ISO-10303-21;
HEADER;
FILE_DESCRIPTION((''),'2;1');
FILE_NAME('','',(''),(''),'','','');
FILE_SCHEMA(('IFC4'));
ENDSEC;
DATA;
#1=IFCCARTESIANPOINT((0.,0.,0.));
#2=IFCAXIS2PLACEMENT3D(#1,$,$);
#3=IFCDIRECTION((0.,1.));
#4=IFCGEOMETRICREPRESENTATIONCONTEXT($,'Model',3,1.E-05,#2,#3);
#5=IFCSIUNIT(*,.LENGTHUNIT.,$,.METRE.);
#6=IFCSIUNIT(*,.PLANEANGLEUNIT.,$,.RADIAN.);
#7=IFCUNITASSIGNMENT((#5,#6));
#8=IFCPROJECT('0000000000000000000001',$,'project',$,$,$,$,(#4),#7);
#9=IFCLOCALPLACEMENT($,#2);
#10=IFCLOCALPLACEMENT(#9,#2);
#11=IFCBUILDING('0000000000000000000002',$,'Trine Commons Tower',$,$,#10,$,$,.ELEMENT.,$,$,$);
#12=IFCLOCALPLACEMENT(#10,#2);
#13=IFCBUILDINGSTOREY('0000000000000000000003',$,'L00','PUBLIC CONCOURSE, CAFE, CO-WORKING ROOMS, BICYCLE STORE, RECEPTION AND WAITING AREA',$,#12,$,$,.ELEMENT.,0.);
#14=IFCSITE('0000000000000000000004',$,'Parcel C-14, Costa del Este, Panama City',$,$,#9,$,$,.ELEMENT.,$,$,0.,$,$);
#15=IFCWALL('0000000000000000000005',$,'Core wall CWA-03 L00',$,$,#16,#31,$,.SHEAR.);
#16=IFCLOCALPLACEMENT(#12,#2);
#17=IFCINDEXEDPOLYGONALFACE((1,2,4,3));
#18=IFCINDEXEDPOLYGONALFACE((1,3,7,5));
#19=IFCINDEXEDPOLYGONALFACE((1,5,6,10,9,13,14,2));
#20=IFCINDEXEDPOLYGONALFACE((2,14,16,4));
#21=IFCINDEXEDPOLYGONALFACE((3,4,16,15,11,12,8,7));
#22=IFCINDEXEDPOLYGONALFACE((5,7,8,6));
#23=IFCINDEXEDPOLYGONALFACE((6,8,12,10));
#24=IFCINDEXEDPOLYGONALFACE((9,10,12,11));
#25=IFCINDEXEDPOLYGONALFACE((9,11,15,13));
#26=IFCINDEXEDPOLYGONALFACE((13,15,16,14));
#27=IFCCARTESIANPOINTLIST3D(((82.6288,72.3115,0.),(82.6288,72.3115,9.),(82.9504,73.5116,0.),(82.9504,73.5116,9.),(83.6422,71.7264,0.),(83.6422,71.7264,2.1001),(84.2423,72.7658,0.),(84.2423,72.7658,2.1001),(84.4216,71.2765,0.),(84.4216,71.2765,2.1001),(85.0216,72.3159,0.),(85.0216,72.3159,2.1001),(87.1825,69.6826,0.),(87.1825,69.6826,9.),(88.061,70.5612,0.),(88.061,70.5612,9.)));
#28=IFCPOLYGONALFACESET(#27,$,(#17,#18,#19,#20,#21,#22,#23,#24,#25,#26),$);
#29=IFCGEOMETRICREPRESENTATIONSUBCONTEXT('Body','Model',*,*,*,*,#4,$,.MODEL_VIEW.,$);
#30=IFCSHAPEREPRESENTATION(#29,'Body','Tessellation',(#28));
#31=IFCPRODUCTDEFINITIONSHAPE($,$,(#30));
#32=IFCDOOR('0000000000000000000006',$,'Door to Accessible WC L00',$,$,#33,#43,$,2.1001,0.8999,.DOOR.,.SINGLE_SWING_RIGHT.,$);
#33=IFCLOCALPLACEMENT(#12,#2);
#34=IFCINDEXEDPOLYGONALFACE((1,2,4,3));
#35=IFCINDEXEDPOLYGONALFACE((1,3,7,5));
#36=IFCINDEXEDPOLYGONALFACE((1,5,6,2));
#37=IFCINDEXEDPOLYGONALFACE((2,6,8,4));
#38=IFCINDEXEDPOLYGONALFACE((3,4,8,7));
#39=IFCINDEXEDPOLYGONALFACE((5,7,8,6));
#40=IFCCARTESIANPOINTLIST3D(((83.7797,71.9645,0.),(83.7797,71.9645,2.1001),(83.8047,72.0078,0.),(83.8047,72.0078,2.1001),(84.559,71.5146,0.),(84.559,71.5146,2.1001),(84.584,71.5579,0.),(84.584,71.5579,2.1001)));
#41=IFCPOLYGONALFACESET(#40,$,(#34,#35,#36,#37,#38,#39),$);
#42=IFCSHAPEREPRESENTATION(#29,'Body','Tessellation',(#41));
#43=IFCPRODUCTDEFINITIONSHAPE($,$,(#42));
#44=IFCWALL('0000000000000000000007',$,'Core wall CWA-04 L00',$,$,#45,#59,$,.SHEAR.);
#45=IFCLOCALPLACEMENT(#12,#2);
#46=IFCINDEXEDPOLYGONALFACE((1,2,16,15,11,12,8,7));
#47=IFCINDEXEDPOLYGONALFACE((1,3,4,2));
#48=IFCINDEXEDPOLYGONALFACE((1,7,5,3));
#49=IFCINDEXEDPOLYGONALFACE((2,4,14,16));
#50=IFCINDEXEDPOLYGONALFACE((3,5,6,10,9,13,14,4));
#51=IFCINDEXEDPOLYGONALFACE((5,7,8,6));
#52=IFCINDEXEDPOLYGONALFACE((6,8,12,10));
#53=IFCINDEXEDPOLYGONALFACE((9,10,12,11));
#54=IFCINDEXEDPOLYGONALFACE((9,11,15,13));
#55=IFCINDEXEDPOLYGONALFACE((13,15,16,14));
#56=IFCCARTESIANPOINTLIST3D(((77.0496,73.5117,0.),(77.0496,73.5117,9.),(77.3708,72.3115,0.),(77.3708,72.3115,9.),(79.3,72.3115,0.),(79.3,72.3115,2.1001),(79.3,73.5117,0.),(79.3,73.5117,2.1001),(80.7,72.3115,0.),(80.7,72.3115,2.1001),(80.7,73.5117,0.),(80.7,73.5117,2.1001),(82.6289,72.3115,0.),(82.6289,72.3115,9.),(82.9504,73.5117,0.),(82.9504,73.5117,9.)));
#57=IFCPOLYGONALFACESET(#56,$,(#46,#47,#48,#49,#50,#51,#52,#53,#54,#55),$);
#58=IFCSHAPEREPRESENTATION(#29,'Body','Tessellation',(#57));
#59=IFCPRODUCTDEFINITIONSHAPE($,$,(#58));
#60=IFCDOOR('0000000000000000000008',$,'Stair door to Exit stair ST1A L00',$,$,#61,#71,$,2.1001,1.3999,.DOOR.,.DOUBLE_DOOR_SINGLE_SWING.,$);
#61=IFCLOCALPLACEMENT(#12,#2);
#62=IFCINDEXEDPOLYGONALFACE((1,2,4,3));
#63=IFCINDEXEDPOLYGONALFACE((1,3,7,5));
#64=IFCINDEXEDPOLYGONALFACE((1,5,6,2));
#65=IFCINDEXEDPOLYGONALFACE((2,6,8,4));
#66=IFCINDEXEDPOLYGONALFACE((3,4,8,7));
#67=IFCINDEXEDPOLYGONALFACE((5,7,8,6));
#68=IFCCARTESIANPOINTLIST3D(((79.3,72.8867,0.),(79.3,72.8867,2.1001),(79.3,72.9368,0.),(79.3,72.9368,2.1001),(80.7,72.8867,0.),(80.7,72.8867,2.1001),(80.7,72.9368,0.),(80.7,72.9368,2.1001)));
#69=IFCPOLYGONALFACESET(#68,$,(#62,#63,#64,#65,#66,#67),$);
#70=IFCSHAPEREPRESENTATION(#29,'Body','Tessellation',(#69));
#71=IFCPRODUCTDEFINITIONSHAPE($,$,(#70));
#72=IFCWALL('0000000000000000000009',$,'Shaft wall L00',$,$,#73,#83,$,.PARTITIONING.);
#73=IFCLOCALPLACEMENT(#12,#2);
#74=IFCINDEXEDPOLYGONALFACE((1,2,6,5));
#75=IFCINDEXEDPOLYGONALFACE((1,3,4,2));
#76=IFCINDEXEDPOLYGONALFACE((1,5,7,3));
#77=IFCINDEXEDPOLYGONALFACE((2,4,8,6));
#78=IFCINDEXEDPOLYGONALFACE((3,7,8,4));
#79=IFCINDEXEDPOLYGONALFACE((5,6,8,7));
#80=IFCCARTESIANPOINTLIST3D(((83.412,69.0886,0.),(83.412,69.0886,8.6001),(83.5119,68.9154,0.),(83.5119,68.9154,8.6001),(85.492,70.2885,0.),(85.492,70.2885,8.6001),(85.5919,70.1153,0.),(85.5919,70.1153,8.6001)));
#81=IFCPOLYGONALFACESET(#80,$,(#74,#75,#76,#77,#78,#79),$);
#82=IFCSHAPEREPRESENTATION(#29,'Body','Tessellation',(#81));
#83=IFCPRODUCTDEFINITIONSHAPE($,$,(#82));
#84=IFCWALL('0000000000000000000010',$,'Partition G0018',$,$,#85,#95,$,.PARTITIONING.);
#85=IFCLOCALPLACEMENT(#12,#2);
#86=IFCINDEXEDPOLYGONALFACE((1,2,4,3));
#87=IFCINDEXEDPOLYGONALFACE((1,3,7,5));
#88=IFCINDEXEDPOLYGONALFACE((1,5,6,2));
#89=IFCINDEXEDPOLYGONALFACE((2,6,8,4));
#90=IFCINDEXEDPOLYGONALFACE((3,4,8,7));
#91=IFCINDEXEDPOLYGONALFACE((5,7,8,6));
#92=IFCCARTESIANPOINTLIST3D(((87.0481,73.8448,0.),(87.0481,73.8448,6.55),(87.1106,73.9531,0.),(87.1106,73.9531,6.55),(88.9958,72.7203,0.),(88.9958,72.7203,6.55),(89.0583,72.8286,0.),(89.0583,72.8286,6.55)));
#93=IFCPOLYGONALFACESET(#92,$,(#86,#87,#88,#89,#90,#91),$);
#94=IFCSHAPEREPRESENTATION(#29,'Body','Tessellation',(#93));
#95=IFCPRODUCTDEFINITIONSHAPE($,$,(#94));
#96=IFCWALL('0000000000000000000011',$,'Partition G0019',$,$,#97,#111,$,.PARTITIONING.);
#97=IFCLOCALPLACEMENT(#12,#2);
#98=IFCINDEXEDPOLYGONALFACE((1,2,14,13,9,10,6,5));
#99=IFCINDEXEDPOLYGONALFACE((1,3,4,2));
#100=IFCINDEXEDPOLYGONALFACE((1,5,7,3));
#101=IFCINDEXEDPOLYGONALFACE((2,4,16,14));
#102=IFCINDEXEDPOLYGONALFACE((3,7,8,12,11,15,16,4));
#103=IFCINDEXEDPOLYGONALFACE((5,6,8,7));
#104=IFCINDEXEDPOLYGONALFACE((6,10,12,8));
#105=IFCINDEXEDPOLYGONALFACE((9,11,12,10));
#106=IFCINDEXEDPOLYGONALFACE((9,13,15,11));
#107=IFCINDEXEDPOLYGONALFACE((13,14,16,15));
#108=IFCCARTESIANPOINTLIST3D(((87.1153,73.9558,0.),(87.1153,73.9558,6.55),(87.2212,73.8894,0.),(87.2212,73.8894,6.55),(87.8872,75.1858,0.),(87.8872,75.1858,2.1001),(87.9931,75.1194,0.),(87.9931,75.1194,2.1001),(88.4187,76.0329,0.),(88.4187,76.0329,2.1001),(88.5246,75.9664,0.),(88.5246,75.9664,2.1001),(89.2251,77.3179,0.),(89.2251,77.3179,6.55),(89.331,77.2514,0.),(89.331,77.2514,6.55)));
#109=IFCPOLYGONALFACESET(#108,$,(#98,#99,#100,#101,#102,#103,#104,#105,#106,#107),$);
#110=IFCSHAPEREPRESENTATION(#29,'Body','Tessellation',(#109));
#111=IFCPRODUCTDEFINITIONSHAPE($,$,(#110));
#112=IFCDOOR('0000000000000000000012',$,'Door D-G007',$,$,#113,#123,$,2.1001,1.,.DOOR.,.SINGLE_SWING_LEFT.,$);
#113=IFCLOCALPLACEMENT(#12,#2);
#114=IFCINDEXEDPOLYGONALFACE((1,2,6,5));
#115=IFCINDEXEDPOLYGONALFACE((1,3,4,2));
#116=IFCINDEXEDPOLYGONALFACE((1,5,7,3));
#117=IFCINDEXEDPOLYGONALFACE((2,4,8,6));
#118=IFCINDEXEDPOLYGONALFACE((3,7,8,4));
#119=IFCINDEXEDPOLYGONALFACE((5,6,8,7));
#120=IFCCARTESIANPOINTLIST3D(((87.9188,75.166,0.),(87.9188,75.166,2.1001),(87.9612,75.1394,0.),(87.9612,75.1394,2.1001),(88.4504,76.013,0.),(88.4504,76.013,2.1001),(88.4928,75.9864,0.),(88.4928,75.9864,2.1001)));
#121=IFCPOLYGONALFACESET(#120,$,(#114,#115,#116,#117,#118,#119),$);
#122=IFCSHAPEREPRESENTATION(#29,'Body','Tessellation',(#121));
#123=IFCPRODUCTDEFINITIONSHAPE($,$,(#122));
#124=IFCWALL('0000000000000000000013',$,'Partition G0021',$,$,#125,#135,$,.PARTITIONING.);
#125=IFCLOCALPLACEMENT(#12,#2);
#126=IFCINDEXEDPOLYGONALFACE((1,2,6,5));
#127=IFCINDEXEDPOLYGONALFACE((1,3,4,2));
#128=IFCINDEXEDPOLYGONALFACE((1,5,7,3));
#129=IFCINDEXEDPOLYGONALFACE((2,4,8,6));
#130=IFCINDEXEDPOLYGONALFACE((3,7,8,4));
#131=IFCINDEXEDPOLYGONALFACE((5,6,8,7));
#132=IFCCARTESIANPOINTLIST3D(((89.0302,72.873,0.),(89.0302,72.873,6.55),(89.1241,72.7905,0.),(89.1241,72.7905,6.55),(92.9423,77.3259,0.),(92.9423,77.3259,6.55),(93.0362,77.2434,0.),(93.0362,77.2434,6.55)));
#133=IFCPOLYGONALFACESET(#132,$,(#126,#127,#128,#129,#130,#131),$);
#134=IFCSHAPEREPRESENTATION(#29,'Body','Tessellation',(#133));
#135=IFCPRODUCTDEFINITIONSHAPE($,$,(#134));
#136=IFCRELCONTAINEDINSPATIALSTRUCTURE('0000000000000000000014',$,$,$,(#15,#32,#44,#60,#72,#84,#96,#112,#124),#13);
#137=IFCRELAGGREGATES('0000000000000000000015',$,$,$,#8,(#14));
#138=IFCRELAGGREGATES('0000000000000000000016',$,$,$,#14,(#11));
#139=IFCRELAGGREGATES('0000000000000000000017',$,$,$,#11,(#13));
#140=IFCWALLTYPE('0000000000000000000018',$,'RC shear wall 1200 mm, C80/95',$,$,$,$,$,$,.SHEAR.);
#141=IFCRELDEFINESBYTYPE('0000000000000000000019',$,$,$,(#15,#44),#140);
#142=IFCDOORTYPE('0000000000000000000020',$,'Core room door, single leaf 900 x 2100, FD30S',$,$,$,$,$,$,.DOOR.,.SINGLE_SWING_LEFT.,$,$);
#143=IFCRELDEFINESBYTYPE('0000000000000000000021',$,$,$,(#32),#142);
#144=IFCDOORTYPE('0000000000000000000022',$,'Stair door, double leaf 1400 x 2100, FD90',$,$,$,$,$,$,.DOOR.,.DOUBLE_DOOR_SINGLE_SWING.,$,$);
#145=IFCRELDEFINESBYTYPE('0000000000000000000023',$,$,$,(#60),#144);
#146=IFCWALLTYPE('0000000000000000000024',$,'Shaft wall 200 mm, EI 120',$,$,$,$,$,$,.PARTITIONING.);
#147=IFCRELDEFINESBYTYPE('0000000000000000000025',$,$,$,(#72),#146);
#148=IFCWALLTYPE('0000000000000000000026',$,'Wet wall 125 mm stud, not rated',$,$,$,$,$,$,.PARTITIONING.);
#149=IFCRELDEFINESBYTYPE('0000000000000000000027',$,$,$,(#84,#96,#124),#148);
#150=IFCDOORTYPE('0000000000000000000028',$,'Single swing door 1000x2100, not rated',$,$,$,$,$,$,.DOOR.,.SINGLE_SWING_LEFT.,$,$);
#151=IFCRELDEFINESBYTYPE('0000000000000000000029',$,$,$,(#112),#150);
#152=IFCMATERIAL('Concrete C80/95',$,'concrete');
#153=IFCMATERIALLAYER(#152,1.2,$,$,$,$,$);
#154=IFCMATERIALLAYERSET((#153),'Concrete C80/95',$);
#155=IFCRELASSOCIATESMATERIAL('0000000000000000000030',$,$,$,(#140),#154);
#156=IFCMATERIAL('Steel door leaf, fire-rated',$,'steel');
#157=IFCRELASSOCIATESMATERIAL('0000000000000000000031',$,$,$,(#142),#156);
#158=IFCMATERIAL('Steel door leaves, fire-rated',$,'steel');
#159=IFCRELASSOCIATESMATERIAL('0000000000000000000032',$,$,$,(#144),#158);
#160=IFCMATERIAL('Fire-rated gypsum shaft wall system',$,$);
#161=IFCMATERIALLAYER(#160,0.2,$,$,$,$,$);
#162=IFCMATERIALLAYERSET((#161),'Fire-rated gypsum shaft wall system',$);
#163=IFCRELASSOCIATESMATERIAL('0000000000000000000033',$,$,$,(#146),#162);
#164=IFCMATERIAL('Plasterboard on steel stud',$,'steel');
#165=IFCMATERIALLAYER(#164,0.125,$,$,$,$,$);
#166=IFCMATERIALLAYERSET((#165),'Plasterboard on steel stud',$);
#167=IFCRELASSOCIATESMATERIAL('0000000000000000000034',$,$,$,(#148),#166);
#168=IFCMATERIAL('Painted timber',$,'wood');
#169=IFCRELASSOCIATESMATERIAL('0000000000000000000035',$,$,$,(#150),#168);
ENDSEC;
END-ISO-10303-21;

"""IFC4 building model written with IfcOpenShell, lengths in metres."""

from ifc_helpers import new_model, si_unit, direction, frame, frame_2d, origin, place, context, subcontext, project, spatial, polyline, rectangle, outline, extrude, material, layer, layer_set, type_object, element, fill, save


model = new_model("IFC4")

# Units and contexts
model_context = context("Model", 3, precision=1e-05, world=origin(), true_north=direction((0.0, 1.0)))
body_context = subcontext(model_context, "Body", "Model", "MODEL_VIEW")
ifc_project = project(units=[si_unit("LENGTHUNIT", "METRE"), si_unit("PLANEANGLEUNIT", "RADIAN")], contexts=[model_context])

# Site, building, storey
site_placement = place(None, origin())
site = spatial("IfcSite", under=ifc_project, at=site_placement, Name="Parcel C-14, Costa del Este, Panama City", CompositionType="ELEMENT", RefElevation=0.0)
building_placement = place(site_placement, origin())
building = spatial("IfcBuilding", under=site, at=building_placement, Name="Trine Commons Tower", CompositionType="ELEMENT")
storey_placement = place(building_placement, origin())
storey = spatial("IfcBuildingStorey", under=building, at=storey_placement, Name="L00", Description="PUBLIC CONCOURSE, CAFE, CO-WORKING ROOMS, BICYCLE STORE, RECEPTION AND WAITING AREA", CompositionType="ELEMENT", Elevation=0.0)

# Shared definitions
ifc_material_1 = material(Name="Concrete C80/95", Category="concrete")

# Shared definitions
ifc_material_2 = material(Name="Painted timber", Category="wood")

# Shared definitions
ifc_material_3 = material(Name="Plasterboard on steel stud", Category="steel")

# Walls, openings, doors
ifc_layer_1 = layer(ifc_material_1, 1.2)
ifc_layer_set_1 = layer_set([ifc_layer_1], Name="Concrete C80/95")
wall_type_1 = type_object("IfcWallType", Name="RC shear wall 1200 mm, C80/95", PredefinedType="SHEAR", material=ifc_layer_set_1)
wall_1_placement = place(storey_placement, frame((87.761, 70.0415, 0.0), z_axis=(0.0, 0.0, 1.0), x_axis=(-0.866037, 0.499979, 0.0)))
wall_1 = element("IfcWall", 1, at=wall_1_placement, inside=storey, type_object=wall_type_1, Name="Core wall CWA-03 L00", PredefinedType="SHEAR", context=body_context, shape_type="SweptSolid", body=[
    extrude(outline(polyline([(0.0, -0.6001), (5.9011, -0.6001), (5.5796, 0.6001), (0.3215, 0.6001), (0.0, -0.6001)])), origin(), (0.0, 0.0, 1.0), 9.0),
])
opening_1_placement = place(wall_1_placement, frame((3.5095, 0.0, 0.0)))
opening_1 = element("IfcOpeningElement", 2, at=opening_1_placement, cuts=wall_1, PredefinedType="OPENING", context=body_context, shape_type="SweptSolid", body=[
    extrude(rectangle(XDim=0.8999, YDim=2.1001, at=frame_2d((0.45, 1.05))), frame((0.0, 0.6099, 0.0), z_axis=(0.0, -1.0, 0.0), x_axis=(1.0, 0.0, 0.0)), (0.0, 0.0, 1.0), 1.22),
])
ifc_material_4 = material(Name="Steel door leaf, fire-rated", Category="steel")
door_type_1 = type_object("IfcDoorType", Name="Core room door, single leaf 900 x 2100, FD30S", OperationType="SINGLE_SWING_LEFT", PredefinedType="DOOR", material=ifc_material_4)
door_1_placement = place(opening_1_placement, origin())
door_1 = element("IfcDoor", 3, at=door_1_placement, inside=storey, type_object=door_type_1, Name="Door to Accessible WC L00", OperationType="SINGLE_SWING_RIGHT", OverallHeight=2.1001, OverallWidth=0.8999, PredefinedType="DOOR", context=body_context, shape_type="SweptSolid", body=[
    extrude(rectangle(XDim=0.8999, YDim=2.1001, at=frame_2d((0.45, 1.05))), frame((0.0, 0.3252, 0.0), z_axis=(0.0, -1.0, 0.0), x_axis=(1.0, 0.0, 0.0)), (0.0, 0.0, 1.0), 0.05),
])
fill(opening_1, door_1)
wall_2_placement = place(storey_placement, frame((82.9504, 72.9116, 0.0), z_axis=(0.0, 0.0, 1.0), x_axis=(-1.0, 0.0, 0.0)))
wall_2 = element("IfcWall", 4, at=wall_2_placement, inside=storey, type_object=wall_type_1, Name="Core wall CWA-04 L00", PredefinedType="SHEAR", context=body_context, shape_type="SweptSolid", body=[
    extrude(outline(polyline([(0.0, -0.6001), (5.9009, -0.6001), (5.5796, 0.6001), (0.3215, 0.6001), (0.0, -0.6001)])), origin(), (0.0, 0.0, 1.0), 9.0),
])
opening_2_placement = place(wall_2_placement, frame((2.2505, 0.0, 0.0)))
opening_2 = element("IfcOpeningElement", 5, at=opening_2_placement, cuts=wall_2, PredefinedType="OPENING", context=body_context, shape_type="SweptSolid", body=[
    extrude(rectangle(XDim=1.3999, YDim=2.1001, at=frame_2d((0.7, 1.05))), frame((0.0, 0.6099, 0.0), z_axis=(0.0, -1.0, 0.0), x_axis=(1.0, 0.0, 0.0)), (0.0, 0.0, 1.0), 1.22),
])
ifc_material_5 = material(Name="Steel door leaves, fire-rated", Category="steel")
door_type_2 = type_object("IfcDoorType", Name="Stair door, double leaf 1400 x 2100, FD90", OperationType="DOUBLE_DOOR_SINGLE_SWING", PredefinedType="DOOR", material=ifc_material_5)
door_2_placement = place(opening_2_placement, origin())
door_2 = element("IfcDoor", 6, at=door_2_placement, inside=storey, type_object=door_type_2, Name="Stair door to Exit stair ST1A L00", OperationType="DOUBLE_DOOR_SINGLE_SWING", OverallHeight=2.1001, OverallWidth=1.3999, PredefinedType="DOOR", context=body_context, shape_type="SweptSolid", body=[
    extrude(rectangle(XDim=1.3999, YDim=2.1001, at=frame_2d((0.7, 1.05))), frame((0.0, 0.0249, 0.0), z_axis=(0.0, -1.0, 0.0), x_axis=(1.0, 0.0, 0.0)), (0.0, 0.0, 1.0), 0.05),
])
fill(opening_2, door_2)

# Walls
ifc_material_6 = material(Name="Fire-rated gypsum shaft wall system")
ifc_layer_2 = layer(ifc_material_6, 0.2)
ifc_layer_set_2 = layer_set([ifc_layer_2], Name="Fire-rated gypsum shaft wall system")
wall_type_2 = type_object("IfcWallType", Name="Shaft wall 200 mm, EI 120", PredefinedType="PARTITIONING", material=ifc_layer_set_2)
wall_3_placement = place(storey_placement, frame((83.4619, 69.002, 0.0), z_axis=(0.0, 0.0, 1.0), x_axis=(0.866203, 0.499693, 0.0)))
element("IfcWall", 7, at=wall_3_placement, inside=storey, type_object=wall_type_2, Name="Shaft wall L00", PredefinedType="PARTITIONING", context=body_context, shape_type="SweptSolid", body=[
    extrude(rectangle(XDim=2.4014, YDim=0.2, at=frame_2d((1.2007, 0.0))), origin(), (0.0, 0.0, 1.0), 8.6001),
])
ifc_layer_3 = layer(ifc_material_3, 0.125)
ifc_layer_set_3 = layer_set([ifc_layer_3], Name="Plasterboard on steel stud")
wall_type_3 = type_object("IfcWallType", Name="Wet wall 125 mm stud, not rated", PredefinedType="PARTITIONING", material=ifc_layer_set_3)
wall_4_placement = place(storey_placement, frame((87.0793, 73.8989, 0.0), z_axis=(0.0, 0.0, 1.0), x_axis=(0.86603, -0.499992, 0.0)))
element("IfcWall", 8, at=wall_4_placement, inside=storey, type_object=wall_type_3, Name="Partition G0018", PredefinedType="PARTITIONING", context=body_context, shape_type="SweptSolid", body=[
    extrude(rectangle(XDim=2.249, YDim=0.125, at=frame_2d((1.1245, 0.0))), origin(), (0.0, 0.0, 1.0), 6.55),
])

# Wall, opening, door
wall_5_placement = place(storey_placement, frame((89.2781, 77.2847, 0.0), z_axis=(0.0, 0.0, 1.0), x_axis=(-0.531552, -0.847026, 0.0)))
wall_5 = element("IfcWall", 9, at=wall_5_placement, inside=storey, type_object=wall_type_3, Name="Partition G0019", PredefinedType="PARTITIONING", context=body_context, shape_type="SweptSolid", body=[
    extrude(rectangle(XDim=3.9692, YDim=0.125, at=frame_2d((1.9846, 0.0))), origin(), (0.0, 0.0, 1.0), 6.55),
])
opening_3_placement = place(wall_5_placement, frame((1.5171, 0.0, 0.0)))
opening_3 = element("IfcOpeningElement", 10, at=opening_3_placement, cuts=wall_5, PredefinedType="OPENING", context=body_context, shape_type="SweptSolid", body=[
    extrude(rectangle(XDim=1.0, YDim=2.1001, at=frame_2d((0.5, 1.05))), frame((0.0, 0.0725, 0.0), z_axis=(0.0, -1.0, 0.0), x_axis=(1.0, 0.0, 0.0)), (0.0, 0.0, 1.0), 0.145),
])
door_type_3 = type_object("IfcDoorType", Name="Single swing door 1000x2100, not rated", OperationType="SINGLE_SWING_LEFT", PredefinedType="DOOR", material=ifc_material_2)
door_3_placement = place(opening_3_placement, origin())
door_3 = element("IfcDoor", 11, at=door_3_placement, inside=storey, type_object=door_type_3, Name="Door D-G007", OperationType="SINGLE_SWING_LEFT", OverallHeight=2.1001, OverallWidth=1.0, PredefinedType="DOOR", context=body_context, shape_type="SweptSolid", body=[
    extrude(rectangle(XDim=1.0, YDim=2.1001, at=frame_2d((0.5, 1.05))), frame((0.0, 0.0249, 0.0), z_axis=(0.0, -1.0, 0.0), x_axis=(1.0, 0.0, 0.0)), (0.0, 0.0, 1.0), 0.05),
])
fill(opening_3, door_3)

# Wall
wall_6_placement = place(storey_placement, frame((89.0771, 72.8318, 0.0), z_axis=(0.0, 0.0, 1.0), x_axis=(0.660017, 0.751251, 0.0)))
element("IfcWall", 12, at=wall_6_placement, inside=storey, type_object=wall_type_3, Name="Partition G0021", PredefinedType="PARTITIONING", context=body_context, shape_type="SweptSolid", body=[
    extrude(rectangle(XDim=5.9272, YDim=0.125, at=frame_2d((2.9636, 0.0))), origin(), (0.0, 0.0, 1.0), 6.55),
])

save(model, "model.ifc")
